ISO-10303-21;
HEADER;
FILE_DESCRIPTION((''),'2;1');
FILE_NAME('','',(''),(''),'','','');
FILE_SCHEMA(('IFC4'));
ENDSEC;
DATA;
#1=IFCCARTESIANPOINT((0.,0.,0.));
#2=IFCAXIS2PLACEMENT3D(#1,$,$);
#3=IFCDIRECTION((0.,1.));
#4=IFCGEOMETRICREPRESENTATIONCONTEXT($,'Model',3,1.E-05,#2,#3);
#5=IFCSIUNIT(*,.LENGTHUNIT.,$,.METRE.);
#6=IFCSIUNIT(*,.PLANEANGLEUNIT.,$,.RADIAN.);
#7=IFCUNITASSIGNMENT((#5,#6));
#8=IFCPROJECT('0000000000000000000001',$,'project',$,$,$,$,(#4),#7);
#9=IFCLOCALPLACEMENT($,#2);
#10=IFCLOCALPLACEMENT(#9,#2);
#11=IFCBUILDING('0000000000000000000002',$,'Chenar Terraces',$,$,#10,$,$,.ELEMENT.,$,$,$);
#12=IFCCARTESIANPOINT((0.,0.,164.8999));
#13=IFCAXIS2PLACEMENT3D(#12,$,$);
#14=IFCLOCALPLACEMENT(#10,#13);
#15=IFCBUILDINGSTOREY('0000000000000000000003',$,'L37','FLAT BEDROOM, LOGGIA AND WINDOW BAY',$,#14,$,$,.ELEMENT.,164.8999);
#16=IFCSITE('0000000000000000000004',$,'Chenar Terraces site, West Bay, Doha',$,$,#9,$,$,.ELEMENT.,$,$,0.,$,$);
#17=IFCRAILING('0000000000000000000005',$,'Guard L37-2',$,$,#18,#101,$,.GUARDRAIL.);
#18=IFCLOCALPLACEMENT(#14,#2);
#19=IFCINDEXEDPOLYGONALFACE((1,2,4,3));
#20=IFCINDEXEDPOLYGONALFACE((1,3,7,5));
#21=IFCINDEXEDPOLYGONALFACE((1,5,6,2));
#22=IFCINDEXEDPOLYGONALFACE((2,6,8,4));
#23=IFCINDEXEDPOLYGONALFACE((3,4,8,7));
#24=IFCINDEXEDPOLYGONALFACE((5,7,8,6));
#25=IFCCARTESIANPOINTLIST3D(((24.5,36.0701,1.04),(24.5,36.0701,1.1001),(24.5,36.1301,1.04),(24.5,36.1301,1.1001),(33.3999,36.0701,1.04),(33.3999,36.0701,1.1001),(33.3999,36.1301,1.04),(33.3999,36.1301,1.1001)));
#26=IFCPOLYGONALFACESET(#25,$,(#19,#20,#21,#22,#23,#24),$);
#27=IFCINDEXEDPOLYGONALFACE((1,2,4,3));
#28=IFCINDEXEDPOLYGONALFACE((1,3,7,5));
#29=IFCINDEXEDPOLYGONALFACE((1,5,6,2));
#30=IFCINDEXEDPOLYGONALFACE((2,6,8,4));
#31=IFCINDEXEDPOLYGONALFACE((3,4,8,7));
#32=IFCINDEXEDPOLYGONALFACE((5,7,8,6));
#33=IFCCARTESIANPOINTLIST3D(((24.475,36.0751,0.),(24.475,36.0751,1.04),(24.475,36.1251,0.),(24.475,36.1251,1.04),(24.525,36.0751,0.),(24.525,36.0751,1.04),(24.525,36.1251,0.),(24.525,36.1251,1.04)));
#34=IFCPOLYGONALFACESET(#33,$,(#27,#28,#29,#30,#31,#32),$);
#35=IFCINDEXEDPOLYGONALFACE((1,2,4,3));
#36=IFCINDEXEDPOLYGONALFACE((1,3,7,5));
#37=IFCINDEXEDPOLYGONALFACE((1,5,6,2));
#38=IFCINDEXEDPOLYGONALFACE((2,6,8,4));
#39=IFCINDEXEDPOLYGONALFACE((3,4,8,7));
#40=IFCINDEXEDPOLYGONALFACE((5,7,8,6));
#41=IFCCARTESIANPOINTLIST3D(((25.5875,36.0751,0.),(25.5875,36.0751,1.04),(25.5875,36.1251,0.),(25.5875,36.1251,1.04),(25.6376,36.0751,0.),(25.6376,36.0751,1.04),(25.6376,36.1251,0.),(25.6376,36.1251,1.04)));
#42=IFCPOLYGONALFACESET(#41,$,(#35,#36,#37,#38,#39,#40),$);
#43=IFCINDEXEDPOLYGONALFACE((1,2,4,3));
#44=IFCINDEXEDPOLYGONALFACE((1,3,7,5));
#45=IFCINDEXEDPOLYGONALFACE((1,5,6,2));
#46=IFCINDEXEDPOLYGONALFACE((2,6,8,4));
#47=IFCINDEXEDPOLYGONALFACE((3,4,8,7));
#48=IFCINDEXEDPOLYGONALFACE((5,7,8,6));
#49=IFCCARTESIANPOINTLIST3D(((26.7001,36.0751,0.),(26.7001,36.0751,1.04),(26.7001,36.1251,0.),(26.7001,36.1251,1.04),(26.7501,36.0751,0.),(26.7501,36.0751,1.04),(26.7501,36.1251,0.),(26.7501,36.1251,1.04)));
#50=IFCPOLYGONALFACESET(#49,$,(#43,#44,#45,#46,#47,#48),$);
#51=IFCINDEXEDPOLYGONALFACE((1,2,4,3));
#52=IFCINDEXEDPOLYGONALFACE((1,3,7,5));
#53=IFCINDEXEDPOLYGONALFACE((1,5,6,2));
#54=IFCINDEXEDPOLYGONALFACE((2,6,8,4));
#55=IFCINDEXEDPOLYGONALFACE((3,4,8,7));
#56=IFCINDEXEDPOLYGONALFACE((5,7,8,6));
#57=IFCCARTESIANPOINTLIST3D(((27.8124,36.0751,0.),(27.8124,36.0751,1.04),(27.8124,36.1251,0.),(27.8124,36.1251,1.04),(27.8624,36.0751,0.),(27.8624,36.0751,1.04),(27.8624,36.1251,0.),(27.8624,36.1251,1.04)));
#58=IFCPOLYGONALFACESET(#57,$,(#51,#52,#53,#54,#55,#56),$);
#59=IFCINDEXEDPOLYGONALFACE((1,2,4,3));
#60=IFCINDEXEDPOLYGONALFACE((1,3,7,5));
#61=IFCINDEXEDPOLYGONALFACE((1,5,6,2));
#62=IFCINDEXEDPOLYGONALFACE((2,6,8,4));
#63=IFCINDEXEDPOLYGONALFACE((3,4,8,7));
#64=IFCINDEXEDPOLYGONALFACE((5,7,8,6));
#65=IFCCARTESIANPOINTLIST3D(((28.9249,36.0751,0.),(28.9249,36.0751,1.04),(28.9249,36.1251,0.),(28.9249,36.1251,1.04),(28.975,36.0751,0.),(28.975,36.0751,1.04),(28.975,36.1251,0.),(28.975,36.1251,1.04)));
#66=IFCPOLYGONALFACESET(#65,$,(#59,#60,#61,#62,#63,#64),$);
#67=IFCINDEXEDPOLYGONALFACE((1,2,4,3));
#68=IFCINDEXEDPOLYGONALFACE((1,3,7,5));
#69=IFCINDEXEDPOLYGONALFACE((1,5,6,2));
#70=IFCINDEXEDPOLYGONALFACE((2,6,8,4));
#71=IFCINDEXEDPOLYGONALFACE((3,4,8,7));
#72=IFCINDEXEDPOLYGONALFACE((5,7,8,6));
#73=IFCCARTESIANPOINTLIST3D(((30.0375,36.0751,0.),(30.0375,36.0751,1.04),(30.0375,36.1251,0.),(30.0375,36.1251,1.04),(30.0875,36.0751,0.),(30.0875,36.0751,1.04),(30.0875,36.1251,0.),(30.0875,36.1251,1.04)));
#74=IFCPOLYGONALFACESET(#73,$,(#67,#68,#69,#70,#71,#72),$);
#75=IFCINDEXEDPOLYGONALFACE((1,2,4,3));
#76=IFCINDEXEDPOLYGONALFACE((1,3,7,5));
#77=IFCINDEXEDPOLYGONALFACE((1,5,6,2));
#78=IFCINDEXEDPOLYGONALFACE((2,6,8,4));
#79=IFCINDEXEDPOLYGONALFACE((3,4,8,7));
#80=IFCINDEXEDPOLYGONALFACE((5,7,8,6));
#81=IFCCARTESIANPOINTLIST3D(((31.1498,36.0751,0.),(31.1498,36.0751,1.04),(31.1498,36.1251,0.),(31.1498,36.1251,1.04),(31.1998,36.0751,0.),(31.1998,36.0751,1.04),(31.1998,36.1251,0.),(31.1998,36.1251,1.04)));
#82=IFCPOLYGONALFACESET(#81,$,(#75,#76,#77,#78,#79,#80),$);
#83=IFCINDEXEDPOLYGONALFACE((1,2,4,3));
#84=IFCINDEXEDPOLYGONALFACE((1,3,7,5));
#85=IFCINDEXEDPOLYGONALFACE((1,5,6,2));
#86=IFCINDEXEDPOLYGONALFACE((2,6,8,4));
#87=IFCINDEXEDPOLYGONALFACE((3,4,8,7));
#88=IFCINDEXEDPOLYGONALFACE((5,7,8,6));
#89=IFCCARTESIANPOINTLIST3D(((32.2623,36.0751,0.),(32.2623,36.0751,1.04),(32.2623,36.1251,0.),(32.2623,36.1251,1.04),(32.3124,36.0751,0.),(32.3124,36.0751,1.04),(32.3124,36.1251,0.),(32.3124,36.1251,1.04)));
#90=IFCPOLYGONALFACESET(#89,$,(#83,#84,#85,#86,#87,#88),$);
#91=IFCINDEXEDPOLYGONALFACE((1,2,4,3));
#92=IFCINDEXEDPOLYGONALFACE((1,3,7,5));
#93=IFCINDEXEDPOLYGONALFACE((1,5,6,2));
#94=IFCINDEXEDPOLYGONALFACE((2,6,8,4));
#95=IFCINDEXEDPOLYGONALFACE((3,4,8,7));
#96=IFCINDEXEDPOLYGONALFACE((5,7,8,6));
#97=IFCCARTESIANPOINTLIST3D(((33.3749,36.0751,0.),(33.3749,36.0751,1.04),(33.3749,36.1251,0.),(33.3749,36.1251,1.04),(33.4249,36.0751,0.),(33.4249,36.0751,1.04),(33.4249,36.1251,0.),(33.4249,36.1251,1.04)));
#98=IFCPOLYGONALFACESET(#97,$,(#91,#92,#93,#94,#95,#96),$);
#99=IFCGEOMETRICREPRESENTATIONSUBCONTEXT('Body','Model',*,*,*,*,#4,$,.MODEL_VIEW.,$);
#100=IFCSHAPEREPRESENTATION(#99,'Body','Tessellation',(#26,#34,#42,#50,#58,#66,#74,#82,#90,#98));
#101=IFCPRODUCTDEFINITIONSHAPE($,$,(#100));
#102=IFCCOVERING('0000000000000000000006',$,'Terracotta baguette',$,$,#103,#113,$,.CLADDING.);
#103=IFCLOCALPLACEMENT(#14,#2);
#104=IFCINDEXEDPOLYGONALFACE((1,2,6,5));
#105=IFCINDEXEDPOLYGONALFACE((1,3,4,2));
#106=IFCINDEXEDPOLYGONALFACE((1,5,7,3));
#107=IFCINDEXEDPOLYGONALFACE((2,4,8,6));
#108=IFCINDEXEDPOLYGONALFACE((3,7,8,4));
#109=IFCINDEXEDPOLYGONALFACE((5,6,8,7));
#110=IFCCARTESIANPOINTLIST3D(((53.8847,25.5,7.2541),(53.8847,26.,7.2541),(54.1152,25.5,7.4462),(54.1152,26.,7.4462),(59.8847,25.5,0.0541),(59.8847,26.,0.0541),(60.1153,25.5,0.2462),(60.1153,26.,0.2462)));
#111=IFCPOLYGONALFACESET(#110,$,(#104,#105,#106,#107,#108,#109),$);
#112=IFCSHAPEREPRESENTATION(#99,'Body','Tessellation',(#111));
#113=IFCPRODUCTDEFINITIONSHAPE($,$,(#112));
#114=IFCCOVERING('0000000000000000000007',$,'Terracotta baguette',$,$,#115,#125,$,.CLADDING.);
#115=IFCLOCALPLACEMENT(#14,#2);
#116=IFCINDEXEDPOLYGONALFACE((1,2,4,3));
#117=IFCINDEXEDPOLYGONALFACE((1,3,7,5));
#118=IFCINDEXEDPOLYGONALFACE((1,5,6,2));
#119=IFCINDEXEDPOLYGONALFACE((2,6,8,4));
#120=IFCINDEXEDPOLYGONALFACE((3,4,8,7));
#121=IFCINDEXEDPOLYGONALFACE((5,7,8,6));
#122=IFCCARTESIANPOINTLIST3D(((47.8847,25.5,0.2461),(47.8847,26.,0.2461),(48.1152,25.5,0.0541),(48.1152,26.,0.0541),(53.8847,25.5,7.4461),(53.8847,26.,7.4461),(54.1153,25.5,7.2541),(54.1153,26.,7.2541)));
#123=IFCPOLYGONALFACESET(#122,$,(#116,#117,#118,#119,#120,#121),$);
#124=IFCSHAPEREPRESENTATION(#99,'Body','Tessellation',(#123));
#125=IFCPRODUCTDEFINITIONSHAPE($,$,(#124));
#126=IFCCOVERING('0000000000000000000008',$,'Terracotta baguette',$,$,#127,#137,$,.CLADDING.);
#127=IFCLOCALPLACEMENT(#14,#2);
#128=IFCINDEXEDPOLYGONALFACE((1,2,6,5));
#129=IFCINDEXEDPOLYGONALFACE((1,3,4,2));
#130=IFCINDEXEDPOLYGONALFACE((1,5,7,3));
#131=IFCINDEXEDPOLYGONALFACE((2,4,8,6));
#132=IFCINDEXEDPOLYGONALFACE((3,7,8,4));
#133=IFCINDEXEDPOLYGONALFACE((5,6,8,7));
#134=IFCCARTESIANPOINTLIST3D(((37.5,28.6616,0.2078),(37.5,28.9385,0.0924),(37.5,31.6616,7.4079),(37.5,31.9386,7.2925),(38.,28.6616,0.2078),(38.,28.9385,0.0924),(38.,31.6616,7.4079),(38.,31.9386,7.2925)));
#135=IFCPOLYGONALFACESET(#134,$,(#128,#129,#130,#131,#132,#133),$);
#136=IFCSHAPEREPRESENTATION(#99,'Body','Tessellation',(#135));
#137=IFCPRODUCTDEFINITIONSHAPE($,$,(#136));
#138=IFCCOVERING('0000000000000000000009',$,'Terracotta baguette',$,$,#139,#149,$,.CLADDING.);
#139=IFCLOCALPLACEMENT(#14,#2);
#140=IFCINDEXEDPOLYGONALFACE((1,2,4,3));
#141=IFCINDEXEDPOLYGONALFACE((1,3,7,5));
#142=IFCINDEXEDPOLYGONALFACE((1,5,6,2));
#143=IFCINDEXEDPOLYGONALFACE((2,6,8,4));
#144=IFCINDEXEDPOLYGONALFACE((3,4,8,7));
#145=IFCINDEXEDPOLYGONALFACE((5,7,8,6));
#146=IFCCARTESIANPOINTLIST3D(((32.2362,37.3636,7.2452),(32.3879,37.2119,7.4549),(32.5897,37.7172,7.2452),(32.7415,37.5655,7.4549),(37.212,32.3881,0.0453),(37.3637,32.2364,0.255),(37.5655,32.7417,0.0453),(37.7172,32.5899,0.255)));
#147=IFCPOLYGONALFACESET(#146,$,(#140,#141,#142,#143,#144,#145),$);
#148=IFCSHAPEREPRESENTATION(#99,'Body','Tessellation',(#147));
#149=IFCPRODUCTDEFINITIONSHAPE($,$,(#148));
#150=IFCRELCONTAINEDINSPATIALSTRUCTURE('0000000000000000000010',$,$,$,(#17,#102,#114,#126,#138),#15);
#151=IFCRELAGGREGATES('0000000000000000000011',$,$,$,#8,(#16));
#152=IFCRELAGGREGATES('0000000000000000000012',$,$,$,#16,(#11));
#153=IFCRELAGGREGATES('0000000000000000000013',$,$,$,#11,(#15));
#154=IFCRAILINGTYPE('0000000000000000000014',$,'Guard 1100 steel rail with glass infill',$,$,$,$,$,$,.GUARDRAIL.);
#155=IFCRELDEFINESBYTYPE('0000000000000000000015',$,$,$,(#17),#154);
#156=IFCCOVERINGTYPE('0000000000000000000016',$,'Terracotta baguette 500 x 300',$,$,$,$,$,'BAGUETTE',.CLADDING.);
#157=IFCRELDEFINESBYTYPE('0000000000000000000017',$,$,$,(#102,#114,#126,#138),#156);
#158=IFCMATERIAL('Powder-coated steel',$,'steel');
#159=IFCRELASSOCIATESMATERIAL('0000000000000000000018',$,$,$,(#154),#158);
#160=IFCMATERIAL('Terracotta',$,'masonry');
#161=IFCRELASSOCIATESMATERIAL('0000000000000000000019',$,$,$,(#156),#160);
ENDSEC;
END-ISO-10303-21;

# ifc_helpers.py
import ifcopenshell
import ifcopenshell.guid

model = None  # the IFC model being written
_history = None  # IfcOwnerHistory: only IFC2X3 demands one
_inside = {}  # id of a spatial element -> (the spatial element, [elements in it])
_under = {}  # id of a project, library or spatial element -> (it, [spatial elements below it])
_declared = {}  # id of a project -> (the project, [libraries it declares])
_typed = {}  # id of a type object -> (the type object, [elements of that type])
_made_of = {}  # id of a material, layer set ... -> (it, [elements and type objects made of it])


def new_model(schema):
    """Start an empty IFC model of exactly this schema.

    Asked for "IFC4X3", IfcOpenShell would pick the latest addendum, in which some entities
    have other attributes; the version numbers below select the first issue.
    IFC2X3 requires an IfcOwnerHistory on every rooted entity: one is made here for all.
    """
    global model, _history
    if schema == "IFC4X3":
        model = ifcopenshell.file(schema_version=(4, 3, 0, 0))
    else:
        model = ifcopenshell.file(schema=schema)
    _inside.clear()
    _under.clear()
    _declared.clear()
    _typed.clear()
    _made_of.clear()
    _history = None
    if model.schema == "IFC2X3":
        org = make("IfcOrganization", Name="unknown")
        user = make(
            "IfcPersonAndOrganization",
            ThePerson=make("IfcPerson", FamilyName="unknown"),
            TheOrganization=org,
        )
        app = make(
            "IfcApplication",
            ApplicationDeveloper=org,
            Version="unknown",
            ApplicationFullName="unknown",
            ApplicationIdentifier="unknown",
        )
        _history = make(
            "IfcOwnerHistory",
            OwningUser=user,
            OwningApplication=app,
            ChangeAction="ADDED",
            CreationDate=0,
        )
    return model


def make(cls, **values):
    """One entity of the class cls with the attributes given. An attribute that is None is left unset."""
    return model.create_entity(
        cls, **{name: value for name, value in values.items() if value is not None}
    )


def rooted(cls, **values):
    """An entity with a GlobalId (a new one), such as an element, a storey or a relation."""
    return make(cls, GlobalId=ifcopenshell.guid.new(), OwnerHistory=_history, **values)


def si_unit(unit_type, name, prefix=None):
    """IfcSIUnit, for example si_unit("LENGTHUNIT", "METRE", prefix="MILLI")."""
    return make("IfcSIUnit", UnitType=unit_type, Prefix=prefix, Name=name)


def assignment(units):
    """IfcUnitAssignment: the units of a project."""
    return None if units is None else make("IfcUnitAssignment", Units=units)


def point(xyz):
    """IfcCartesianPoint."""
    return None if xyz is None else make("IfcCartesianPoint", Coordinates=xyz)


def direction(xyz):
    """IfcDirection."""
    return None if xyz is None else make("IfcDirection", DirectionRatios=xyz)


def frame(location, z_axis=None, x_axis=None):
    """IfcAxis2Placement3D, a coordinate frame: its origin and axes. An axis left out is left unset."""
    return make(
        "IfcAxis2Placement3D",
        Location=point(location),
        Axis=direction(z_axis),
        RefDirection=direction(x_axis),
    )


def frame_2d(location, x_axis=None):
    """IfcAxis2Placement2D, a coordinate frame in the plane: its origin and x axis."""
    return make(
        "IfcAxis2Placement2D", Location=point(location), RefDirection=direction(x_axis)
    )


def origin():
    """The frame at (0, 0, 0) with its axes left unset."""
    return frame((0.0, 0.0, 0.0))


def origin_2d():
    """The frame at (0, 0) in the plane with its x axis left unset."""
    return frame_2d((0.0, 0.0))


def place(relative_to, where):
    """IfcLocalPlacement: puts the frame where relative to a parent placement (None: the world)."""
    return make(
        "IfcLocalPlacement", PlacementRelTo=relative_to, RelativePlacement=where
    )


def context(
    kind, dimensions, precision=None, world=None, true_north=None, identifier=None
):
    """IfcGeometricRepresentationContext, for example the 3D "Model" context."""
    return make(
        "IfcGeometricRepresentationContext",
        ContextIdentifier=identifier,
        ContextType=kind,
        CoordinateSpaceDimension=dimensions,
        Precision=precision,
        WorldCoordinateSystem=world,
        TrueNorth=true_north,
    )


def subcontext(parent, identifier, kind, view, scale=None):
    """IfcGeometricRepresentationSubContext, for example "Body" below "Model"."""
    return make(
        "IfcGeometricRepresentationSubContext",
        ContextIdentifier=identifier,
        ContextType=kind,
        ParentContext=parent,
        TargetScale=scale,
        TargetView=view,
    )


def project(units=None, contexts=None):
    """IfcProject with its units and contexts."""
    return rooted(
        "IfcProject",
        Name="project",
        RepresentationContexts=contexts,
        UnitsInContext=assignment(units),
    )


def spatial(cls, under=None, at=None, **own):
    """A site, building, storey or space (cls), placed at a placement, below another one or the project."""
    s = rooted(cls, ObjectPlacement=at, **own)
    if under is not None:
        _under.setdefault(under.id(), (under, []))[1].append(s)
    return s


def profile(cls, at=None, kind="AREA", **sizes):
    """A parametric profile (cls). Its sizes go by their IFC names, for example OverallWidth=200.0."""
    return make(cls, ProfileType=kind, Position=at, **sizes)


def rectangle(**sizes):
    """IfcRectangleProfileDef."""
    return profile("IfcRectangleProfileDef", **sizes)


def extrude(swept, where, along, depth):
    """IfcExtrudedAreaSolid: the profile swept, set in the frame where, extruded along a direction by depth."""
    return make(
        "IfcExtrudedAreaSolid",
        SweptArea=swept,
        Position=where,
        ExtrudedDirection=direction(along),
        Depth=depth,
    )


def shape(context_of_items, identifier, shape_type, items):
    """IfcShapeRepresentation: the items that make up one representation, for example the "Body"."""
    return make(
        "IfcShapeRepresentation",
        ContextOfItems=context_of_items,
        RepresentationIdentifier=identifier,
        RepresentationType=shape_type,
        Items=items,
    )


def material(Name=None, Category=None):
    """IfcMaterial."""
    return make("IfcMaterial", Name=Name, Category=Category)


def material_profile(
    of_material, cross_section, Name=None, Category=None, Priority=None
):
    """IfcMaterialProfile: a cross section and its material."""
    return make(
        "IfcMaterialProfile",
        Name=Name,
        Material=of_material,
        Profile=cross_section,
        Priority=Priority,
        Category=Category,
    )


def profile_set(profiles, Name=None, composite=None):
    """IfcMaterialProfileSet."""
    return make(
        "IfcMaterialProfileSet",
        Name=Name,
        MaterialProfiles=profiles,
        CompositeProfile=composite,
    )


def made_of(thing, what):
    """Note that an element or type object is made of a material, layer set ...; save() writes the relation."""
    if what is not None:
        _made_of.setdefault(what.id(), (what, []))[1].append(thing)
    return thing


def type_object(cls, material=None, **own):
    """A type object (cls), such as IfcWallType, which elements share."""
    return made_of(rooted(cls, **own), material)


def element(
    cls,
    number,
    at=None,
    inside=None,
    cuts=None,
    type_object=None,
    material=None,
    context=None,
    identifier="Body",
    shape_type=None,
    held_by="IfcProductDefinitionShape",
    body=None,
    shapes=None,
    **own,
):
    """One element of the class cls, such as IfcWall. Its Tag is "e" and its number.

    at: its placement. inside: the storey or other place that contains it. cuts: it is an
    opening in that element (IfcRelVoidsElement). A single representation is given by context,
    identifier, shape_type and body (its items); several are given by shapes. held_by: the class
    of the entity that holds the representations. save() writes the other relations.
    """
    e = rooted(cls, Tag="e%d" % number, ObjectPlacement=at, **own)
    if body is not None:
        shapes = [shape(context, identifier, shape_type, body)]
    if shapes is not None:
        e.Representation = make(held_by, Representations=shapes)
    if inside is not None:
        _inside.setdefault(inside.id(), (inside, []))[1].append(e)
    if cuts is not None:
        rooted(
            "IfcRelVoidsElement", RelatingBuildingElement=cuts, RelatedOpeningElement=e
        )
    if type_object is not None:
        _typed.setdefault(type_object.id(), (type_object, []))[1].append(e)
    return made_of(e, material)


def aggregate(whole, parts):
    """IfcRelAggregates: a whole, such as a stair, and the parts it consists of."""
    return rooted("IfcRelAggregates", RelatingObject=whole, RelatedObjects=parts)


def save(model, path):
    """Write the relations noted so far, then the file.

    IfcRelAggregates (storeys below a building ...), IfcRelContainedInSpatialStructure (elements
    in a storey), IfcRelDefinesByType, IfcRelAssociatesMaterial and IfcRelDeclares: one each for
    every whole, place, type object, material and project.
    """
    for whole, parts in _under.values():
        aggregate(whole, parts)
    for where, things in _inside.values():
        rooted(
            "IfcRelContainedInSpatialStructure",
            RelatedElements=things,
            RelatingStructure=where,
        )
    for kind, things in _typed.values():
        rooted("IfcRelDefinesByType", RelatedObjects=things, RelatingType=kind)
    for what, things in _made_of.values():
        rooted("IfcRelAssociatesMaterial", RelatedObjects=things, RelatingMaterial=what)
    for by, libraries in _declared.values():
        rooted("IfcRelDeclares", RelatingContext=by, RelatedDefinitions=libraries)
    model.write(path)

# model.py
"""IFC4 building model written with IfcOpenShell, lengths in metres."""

from ifc_helpers import new_model, si_unit, direction, frame, origin, origin_2d, place, context, subcontext, project, spatial, rectangle, extrude, material, material_profile, profile_set, type_object, element, save


model = new_model("IFC4")

# Units and contexts
model_context = context("Model", 3, precision=1e-05, world=origin(), true_north=direction((0.0, 1.0)))
body_context = subcontext(model_context, "Body", "Model", "MODEL_VIEW")
ifc_project = project(units=[si_unit("LENGTHUNIT", "METRE"), si_unit("PLANEANGLEUNIT", "RADIAN")], contexts=[model_context])

# Site, building, storey
site_placement = place(None, origin())
site = spatial("IfcSite", under=ifc_project, at=site_placement, Name="Chenar Terraces site, West Bay, Doha", CompositionType="ELEMENT", RefElevation=0.0)
building_placement = place(site_placement, origin())
building = spatial("IfcBuilding", under=site, at=building_placement, Name="Chenar Terraces", CompositionType="ELEMENT")
storey_placement = place(building_placement, frame((0.0, 0.0, 164.8999)))
storey = spatial("IfcBuildingStorey", under=building, at=storey_placement, Name="L37", Description="FLAT BEDROOM, LOGGIA AND WINDOW BAY", CompositionType="ELEMENT", Elevation=164.8999)

# Railing
ifc_material_1 = material(Name="Powder-coated steel", Category="steel")
railing_type = type_object("IfcRailingType", Name="Guard 1100 steel rail with glass infill", PredefinedType="GUARDRAIL", material=ifc_material_1)
railing_placement = place(storey_placement, frame((24.5, 36.1001, 0.0)))
element("IfcRailing", 1, at=railing_placement, inside=storey, type_object=railing_type, Name="Guard L37-2", PredefinedType="GUARDRAIL", context=body_context, shape_type="SweptSolid", body=[
    extrude(rectangle(XDim=0.0601, YDim=0.0601, at=origin_2d()), frame((0.0, 0.0, 1.0701), z_axis=(1.0, 0.0, 0.0), x_axis=(0.0, 1.0, 0.0)), (0.0, 0.0, 1.0), 8.8999),
    extrude(rectangle(XDim=0.05, YDim=0.05, at=origin_2d()), origin(), (0.0, 0.0, 1.0), 1.04),
    extrude(rectangle(XDim=0.05, YDim=0.05, at=origin_2d()), frame((1.1125, 0.0, 0.0)), (0.0, 0.0, 1.0), 1.04),
    extrude(rectangle(XDim=0.05, YDim=0.05, at=origin_2d()), frame((2.2251, 0.0, 0.0)), (0.0, 0.0, 1.0), 1.04),
    extrude(rectangle(XDim=0.05, YDim=0.05, at=origin_2d()), frame((3.3374, 0.0, 0.0)), (0.0, 0.0, 1.0), 1.04),
    extrude(rectangle(XDim=0.05, YDim=0.05, at=origin_2d()), frame((4.45, 0.0, 0.0)), (0.0, 0.0, 1.0), 1.04),
    extrude(rectangle(XDim=0.05, YDim=0.05, at=origin_2d()), frame((5.5625, 0.0, 0.0)), (0.0, 0.0, 1.0), 1.04),
    extrude(rectangle(XDim=0.05, YDim=0.05, at=origin_2d()), frame((6.6748, 0.0, 0.0)), (0.0, 0.0, 1.0), 1.04),
    extrude(rectangle(XDim=0.05, YDim=0.05, at=origin_2d()), frame((7.7874, 0.0, 0.0)), (0.0, 0.0, 1.0), 1.04),
    extrude(rectangle(XDim=0.05, YDim=0.05, at=origin_2d()), frame((8.8999, 0.0, 0.0)), (0.0, 0.0, 1.0), 1.04),
])

# Coverings
ifc_material_2 = material(Name="Terracotta", Category="masonry")
ifc_material_profile_1 = material_profile(ifc_material_2, rectangle(XDim=0.5, YDim=0.3, at=origin_2d()), Name="Terracotta baguette 500 x 300")
ifc_profile_set_1 = profile_set([ifc_material_profile_1], Name="Terracotta")
covering_type = type_object("IfcCoveringType", Name="Terracotta baguette 500 x 300", ElementType="BAGUETTE", PredefinedType="CLADDING", material=ifc_profile_set_1)
for number, where, z_axis, x_axis, name in (
    (2, (60.0, 25.75, 0.1501), (-0.640187, 0.0, 0.768219), (0.0, -1.0, 0.0), "Terracotta baguette"),
    (3, (54.0, 25.75, 7.3501), (-0.640187, 0.0, -0.768219), (0.0, -1.0, 0.0), "Terracotta baguette"),
):
    element("IfcCovering", number, at=place(storey_placement, frame(where, z_axis=z_axis, x_axis=x_axis)), inside=storey, type_object=covering_type, Name=name, PredefinedType="CLADDING", context=body_context, shape_type="SweptSolid", body=[
        extrude(rectangle(XDim=0.5, YDim=0.3, at=origin_2d()), origin(), (0.0, 0.0, 1.0), 9.3723),
    ])
covering_1_placement = place(storey_placement, frame((37.75, 28.8, 0.1501), z_axis=(0.0, 0.384618, 0.923076), x_axis=(-1.0, 0.0, 0.0)))
element("IfcCovering", 4, at=covering_1_placement, inside=storey, type_object=covering_type, Name="Terracotta baguette", PredefinedType="CLADDING", context=body_context, shape_type="SweptSolid", body=[
    extrude(rectangle(XDim=0.5, YDim=0.3, at=origin_2d()), origin(), (0.0, 0.0, 1.0), 7.8),
])
covering_2_placement = place(storey_placement, frame((37.4646, 32.489, 0.1501), z_axis=(-0.494247, 0.494222, 0.715167), x_axis=(-0.707089, -0.707124, 0.0)))
element("IfcCovering", 5, at=covering_2_placement, inside=storey, type_object=covering_type, Name="Terracotta baguette", PredefinedType="CLADDING", context=body_context, shape_type="SweptSolid", body=[
    extrude(rectangle(XDim=0.5, YDim=0.3, at=origin_2d()), origin(), (0.0, 0.0, 1.0), 10.0674),
])

save(model, "model.ifc")
